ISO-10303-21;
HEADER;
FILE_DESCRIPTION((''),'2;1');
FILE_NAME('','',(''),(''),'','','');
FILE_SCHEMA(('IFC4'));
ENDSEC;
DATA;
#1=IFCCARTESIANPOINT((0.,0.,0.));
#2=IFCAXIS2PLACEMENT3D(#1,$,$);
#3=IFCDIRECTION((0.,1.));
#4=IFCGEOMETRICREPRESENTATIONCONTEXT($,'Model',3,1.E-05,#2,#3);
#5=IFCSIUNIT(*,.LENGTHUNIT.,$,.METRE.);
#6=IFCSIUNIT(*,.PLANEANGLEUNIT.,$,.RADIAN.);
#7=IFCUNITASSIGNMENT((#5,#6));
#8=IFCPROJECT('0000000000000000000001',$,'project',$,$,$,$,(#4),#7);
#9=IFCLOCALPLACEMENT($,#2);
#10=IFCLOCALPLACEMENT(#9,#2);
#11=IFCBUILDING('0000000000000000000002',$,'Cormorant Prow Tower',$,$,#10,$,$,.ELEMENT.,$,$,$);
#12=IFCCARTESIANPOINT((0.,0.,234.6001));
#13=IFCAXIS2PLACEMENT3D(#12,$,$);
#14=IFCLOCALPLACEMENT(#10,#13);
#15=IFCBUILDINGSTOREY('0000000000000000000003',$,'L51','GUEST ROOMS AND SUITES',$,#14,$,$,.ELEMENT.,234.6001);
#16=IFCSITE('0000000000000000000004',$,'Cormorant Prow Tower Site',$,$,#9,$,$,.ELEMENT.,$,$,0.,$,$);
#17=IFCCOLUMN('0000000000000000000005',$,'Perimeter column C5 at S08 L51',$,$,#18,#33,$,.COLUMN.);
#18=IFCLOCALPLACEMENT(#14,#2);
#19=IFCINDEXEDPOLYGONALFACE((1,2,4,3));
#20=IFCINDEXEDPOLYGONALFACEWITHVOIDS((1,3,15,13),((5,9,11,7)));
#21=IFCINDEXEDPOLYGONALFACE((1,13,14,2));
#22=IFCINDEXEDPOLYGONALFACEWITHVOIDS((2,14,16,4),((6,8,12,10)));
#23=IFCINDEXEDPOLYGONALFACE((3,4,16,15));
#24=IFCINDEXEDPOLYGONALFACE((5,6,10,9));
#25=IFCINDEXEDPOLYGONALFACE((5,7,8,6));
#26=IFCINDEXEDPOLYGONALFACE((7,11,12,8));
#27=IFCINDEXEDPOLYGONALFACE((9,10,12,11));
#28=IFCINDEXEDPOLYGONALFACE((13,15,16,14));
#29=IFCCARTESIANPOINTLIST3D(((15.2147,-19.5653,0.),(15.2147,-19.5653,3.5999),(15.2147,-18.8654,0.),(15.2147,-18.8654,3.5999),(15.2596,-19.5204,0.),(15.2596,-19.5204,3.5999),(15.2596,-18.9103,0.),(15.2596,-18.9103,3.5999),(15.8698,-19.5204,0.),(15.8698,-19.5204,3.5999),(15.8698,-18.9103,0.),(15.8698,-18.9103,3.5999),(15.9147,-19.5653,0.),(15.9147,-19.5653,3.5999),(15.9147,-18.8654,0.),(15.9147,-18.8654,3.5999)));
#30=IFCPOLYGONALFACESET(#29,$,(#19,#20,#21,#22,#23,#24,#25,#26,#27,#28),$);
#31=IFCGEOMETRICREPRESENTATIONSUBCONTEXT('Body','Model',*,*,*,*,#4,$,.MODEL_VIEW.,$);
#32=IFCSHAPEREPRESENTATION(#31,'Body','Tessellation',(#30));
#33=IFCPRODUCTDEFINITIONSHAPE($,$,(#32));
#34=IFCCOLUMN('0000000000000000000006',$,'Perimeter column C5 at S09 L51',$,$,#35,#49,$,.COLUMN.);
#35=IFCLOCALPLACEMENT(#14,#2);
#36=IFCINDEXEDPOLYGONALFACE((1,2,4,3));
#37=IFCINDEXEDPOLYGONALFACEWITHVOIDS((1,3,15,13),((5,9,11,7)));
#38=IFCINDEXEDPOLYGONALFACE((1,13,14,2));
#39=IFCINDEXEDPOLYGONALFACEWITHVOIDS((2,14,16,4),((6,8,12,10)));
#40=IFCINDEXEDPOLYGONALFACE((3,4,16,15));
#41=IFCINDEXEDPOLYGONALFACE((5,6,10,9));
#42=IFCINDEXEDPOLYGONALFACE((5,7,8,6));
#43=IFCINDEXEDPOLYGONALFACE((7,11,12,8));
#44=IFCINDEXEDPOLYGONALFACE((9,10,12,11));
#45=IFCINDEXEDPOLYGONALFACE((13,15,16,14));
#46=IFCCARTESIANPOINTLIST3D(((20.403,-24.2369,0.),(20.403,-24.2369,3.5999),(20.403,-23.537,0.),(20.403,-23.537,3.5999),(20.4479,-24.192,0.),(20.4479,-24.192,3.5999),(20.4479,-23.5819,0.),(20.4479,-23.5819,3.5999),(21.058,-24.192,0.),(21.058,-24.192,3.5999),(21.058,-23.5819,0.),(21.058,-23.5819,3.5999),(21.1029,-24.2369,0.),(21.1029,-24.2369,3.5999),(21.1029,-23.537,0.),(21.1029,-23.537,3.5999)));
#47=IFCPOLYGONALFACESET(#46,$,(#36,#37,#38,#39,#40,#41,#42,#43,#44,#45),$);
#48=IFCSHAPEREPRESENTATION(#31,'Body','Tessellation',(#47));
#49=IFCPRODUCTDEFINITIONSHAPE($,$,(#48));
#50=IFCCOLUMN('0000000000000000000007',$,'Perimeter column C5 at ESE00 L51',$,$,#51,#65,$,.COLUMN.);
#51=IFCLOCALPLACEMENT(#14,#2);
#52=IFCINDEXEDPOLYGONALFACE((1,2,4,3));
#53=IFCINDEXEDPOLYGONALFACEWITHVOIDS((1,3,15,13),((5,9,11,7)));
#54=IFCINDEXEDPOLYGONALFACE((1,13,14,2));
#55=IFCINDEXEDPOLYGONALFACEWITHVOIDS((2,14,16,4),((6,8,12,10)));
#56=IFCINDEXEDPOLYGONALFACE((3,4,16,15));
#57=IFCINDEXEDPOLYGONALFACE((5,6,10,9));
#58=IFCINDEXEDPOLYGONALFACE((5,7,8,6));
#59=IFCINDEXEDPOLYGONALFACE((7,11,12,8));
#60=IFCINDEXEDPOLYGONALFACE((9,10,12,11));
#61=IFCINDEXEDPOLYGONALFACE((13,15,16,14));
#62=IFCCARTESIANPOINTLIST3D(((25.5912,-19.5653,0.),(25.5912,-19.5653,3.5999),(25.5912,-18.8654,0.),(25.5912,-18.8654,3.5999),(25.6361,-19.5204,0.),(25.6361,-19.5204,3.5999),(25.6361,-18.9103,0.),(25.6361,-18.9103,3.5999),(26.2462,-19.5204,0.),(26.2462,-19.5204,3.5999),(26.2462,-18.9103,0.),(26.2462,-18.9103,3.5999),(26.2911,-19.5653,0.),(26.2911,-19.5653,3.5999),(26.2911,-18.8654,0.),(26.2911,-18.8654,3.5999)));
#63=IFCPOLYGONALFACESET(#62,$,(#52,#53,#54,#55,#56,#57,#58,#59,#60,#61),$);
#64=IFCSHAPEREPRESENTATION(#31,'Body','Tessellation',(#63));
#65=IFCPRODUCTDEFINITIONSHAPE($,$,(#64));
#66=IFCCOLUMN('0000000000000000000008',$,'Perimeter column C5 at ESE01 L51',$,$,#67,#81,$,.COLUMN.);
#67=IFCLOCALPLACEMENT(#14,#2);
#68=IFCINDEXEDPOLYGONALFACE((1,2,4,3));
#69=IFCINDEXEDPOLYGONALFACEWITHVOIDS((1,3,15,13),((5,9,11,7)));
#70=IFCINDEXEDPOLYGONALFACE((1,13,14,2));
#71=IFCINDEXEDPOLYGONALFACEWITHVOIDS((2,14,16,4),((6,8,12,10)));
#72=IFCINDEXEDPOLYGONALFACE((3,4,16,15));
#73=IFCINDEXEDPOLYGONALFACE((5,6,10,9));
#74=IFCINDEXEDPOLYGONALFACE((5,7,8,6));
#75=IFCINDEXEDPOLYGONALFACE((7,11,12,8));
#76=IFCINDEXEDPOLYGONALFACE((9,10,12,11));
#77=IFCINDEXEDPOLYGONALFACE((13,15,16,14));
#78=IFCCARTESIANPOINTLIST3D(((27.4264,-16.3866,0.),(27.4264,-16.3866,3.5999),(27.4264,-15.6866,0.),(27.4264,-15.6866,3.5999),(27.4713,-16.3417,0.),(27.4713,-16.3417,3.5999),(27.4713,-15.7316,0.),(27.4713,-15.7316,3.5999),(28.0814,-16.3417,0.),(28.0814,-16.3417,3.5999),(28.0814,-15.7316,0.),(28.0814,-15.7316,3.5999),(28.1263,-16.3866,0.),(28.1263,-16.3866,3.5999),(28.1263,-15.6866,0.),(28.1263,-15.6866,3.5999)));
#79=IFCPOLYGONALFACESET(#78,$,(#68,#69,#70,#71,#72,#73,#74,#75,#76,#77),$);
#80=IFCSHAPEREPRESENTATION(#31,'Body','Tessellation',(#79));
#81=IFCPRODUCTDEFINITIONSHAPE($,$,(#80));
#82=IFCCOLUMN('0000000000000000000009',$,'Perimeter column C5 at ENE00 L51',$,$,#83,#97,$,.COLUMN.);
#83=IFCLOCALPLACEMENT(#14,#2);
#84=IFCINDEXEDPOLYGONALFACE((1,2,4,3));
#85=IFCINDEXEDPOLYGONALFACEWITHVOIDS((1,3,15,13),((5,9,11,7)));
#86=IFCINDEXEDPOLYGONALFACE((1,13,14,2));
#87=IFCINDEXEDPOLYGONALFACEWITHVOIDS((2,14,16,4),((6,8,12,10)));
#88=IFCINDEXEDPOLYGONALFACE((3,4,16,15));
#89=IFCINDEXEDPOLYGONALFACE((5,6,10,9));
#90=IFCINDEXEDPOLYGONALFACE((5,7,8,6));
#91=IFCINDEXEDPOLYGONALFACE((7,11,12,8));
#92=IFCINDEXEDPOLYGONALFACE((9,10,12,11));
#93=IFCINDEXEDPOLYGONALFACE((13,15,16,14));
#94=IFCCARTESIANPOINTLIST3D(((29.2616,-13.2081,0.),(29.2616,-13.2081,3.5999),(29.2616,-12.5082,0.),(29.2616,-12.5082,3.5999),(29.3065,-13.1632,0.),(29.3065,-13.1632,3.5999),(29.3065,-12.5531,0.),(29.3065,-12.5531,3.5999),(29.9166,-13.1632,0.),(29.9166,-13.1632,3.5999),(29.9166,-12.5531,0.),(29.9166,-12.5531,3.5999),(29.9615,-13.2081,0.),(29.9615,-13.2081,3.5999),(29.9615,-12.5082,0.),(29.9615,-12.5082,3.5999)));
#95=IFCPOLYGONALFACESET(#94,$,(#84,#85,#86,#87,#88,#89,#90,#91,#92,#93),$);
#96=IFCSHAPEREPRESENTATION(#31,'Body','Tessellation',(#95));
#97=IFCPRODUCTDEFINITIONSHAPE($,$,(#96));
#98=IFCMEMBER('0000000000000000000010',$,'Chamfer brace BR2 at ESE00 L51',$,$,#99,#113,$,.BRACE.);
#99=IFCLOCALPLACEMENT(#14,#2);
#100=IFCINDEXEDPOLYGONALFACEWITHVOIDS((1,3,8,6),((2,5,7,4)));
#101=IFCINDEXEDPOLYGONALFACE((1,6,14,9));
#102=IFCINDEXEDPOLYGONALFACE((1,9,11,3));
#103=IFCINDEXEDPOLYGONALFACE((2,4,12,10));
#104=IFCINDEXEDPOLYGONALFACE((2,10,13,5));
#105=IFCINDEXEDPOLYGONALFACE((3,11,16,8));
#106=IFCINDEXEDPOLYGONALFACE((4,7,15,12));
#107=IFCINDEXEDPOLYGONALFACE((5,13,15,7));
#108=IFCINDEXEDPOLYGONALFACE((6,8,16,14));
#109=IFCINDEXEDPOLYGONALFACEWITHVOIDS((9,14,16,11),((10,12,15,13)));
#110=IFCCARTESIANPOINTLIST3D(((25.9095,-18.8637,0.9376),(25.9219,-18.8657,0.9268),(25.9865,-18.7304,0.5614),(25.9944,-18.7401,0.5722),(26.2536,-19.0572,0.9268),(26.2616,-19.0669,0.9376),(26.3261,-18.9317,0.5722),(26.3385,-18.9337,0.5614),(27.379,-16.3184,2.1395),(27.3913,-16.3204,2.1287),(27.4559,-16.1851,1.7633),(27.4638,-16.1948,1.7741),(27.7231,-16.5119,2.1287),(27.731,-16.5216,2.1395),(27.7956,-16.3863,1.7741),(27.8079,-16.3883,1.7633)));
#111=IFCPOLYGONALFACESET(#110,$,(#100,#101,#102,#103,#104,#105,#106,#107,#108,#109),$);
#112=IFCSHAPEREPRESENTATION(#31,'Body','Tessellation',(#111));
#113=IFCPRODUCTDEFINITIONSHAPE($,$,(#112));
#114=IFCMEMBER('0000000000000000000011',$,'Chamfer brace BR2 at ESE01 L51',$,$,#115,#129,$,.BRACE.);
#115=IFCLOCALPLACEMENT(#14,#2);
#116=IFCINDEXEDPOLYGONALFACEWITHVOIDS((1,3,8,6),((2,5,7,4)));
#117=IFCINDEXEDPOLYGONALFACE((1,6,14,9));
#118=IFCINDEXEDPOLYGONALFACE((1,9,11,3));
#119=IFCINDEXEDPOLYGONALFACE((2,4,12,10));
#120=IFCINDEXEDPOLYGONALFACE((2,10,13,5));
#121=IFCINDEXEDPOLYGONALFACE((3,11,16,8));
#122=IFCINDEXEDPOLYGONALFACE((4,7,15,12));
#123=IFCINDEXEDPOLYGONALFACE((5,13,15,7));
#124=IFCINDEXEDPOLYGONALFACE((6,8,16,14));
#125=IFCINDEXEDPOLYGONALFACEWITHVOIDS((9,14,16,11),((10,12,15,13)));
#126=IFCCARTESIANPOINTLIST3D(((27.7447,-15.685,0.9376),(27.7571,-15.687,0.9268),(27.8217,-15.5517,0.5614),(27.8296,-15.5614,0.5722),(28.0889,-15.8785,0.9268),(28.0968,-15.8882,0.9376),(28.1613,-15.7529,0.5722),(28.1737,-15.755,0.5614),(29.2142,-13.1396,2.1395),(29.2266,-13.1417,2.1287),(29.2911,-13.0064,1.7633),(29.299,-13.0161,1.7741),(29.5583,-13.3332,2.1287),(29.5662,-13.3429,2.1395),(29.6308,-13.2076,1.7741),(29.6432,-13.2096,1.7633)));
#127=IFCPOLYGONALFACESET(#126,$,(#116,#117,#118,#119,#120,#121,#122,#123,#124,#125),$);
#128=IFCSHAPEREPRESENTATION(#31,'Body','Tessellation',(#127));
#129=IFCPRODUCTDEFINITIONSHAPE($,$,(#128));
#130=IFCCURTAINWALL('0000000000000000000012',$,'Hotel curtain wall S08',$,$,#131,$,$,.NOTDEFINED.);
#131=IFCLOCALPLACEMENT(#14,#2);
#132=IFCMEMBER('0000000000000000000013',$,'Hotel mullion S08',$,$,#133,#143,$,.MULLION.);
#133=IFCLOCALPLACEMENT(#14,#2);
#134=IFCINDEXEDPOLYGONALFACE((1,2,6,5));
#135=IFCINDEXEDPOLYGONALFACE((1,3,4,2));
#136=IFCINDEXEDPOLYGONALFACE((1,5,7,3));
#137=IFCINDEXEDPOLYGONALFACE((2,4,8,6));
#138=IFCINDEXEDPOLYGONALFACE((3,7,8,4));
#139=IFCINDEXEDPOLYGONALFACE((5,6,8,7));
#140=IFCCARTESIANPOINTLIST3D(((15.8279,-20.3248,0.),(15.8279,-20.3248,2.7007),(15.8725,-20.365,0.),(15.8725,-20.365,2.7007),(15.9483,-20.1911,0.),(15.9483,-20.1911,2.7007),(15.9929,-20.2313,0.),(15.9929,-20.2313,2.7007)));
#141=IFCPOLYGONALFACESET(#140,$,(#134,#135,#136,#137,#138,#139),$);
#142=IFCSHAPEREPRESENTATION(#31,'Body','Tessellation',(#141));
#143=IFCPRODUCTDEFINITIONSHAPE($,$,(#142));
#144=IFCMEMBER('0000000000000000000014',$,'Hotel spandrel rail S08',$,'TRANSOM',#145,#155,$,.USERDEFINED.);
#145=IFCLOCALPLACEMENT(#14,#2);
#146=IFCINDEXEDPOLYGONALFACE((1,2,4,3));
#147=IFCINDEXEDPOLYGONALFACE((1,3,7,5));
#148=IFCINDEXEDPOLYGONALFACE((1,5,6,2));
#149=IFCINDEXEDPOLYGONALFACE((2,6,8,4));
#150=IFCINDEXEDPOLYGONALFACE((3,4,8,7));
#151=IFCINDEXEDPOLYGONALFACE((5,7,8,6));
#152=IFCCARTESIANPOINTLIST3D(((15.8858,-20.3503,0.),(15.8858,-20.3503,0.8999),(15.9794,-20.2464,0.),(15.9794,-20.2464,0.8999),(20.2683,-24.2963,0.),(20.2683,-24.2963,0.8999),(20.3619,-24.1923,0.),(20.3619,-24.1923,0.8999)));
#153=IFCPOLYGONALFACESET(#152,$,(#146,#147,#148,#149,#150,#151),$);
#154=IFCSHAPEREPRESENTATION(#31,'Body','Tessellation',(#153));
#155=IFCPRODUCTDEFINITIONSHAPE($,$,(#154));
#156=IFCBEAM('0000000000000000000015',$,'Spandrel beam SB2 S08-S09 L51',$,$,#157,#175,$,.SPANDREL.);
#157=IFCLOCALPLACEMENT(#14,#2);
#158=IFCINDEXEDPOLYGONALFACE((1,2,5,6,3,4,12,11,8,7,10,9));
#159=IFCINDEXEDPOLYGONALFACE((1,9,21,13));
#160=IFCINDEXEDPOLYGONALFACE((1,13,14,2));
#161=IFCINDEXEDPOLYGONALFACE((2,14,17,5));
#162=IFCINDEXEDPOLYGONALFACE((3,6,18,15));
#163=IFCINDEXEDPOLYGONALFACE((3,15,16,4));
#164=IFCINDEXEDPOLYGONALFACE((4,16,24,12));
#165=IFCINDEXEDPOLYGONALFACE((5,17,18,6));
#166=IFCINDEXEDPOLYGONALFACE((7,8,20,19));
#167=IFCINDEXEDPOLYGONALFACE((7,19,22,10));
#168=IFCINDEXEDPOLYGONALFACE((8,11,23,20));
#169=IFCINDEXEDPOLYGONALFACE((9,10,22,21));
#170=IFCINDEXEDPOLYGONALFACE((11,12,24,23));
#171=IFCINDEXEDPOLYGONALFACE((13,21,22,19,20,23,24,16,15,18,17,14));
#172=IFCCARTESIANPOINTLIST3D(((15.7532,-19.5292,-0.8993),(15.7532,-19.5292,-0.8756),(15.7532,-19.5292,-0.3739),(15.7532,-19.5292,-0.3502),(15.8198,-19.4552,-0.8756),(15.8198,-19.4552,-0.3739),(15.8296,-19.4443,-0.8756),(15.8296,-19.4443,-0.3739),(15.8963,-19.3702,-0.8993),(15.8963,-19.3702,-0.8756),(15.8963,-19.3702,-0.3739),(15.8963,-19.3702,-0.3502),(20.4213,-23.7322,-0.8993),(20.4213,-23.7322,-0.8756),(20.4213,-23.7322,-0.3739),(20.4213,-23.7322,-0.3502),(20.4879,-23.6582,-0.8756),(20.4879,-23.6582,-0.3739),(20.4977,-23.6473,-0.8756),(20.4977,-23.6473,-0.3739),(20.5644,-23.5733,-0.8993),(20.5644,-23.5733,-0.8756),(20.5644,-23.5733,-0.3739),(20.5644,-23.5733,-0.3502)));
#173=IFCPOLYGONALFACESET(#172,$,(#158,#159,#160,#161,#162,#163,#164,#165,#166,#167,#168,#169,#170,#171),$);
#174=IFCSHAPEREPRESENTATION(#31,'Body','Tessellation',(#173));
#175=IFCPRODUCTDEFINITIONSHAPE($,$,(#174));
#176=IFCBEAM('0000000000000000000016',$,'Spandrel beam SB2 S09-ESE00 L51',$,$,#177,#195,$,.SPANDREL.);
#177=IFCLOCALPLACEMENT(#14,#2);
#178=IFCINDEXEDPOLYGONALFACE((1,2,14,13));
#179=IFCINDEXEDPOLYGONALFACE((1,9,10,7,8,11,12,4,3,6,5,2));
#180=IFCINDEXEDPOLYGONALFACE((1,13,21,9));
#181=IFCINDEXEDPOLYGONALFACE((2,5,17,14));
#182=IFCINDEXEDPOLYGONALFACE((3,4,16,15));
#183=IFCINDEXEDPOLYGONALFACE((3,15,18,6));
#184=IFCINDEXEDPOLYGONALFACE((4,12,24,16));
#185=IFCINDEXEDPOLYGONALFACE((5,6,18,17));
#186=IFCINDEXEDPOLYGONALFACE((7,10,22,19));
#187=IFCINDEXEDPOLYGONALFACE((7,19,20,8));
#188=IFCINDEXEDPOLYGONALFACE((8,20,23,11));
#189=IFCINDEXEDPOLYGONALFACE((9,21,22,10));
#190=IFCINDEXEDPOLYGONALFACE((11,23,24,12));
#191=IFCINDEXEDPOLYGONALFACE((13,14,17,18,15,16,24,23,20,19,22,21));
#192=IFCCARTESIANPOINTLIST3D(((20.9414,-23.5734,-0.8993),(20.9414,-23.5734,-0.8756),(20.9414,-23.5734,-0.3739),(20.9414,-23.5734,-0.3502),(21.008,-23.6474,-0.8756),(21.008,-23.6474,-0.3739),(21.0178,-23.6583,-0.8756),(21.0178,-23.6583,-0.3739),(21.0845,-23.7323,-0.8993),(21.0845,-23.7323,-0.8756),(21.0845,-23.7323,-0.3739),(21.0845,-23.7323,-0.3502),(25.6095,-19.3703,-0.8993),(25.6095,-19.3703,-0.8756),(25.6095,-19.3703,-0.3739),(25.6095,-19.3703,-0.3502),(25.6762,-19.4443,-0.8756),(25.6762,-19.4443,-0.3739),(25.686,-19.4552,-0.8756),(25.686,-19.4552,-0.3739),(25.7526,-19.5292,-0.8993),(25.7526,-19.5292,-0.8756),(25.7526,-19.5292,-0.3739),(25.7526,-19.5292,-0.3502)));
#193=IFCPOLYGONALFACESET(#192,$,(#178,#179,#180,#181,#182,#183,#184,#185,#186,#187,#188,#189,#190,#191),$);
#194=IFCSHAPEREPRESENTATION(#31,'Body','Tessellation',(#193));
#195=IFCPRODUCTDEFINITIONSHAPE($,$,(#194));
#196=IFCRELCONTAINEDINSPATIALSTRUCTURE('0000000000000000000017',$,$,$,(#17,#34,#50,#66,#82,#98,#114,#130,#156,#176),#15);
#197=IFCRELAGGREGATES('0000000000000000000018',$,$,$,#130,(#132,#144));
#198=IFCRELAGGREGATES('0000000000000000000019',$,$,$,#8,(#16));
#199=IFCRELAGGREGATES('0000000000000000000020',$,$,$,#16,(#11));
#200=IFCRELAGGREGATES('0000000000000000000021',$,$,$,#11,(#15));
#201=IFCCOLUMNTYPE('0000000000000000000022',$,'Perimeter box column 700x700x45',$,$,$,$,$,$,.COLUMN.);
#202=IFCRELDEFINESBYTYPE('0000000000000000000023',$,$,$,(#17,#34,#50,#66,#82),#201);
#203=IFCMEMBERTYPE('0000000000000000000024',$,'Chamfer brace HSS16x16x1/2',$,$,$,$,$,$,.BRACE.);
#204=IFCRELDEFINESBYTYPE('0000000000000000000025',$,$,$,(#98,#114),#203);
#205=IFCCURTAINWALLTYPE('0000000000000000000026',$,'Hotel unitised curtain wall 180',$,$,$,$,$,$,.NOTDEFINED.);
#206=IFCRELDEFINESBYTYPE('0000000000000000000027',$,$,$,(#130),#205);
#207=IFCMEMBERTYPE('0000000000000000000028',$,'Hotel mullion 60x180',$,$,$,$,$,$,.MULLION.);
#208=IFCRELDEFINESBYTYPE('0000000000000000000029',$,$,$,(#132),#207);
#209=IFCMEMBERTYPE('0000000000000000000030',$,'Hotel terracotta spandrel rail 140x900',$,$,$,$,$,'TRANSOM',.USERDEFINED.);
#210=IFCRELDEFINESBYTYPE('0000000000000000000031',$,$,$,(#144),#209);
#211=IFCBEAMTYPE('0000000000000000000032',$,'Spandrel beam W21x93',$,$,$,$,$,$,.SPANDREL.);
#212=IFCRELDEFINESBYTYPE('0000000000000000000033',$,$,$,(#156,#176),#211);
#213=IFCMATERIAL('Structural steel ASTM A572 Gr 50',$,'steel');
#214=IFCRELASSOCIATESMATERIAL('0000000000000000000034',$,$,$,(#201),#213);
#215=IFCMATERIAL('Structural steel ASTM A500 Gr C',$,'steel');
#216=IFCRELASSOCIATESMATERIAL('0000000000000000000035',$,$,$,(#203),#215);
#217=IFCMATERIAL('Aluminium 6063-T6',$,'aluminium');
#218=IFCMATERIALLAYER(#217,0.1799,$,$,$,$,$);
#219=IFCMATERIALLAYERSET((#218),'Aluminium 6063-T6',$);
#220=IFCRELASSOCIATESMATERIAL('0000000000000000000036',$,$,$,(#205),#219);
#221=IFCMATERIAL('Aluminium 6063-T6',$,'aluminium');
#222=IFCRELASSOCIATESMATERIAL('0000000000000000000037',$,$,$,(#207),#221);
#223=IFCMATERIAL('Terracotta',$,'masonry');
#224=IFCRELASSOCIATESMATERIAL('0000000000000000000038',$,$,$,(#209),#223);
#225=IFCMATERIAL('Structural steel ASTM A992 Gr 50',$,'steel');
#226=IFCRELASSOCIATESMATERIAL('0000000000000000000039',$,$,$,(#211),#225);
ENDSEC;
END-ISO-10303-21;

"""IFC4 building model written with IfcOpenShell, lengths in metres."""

from ifc_helpers import new_model, si_unit, direction, frame, origin, origin_2d, place, context, subcontext, project, spatial, rectangle, hollow_rectangle, i_section, extrude, material, layer, layer_set, material_profile, profile_set, type_object, element, aggregate, save


model = new_model("IFC4")

# Units and contexts
model_context = context("Model", 3, precision=1e-05, world=origin(), true_north=direction((0.0, 1.0)))
body_context = subcontext(model_context, "Body", "Model", "MODEL_VIEW")
ifc_project = project(units=[si_unit("LENGTHUNIT", "METRE"), si_unit("PLANEANGLEUNIT", "RADIAN")], contexts=[model_context])

# Site, building, storey
site_placement = place(None, origin())
site = spatial("IfcSite", under=ifc_project, at=site_placement, Name="Cormorant Prow Tower Site", CompositionType="ELEMENT", RefElevation=0.0)
building_placement = place(site_placement, origin())
building = spatial("IfcBuilding", under=site, at=building_placement, Name="Cormorant Prow Tower", CompositionType="ELEMENT")
storey_placement = place(building_placement, frame((0.0, 0.0, 234.6001)))
storey = spatial("IfcBuildingStorey", under=building, at=storey_placement, Name="L51", Description="GUEST ROOMS AND SUITES", CompositionType="ELEMENT", Elevation=234.6001)

# Columns
ifc_material_1 = material(Name="Structural steel ASTM A572 Gr 50", Category="steel")
ifc_material_profile_1 = material_profile(ifc_material_1, hollow_rectangle(XDim=0.7, YDim=0.7, WallThickness=0.0449, at=origin_2d()), Name="Box 700x700x45")
ifc_profile_set_1 = profile_set([ifc_material_profile_1], Name="Structural steel ASTM A572 Gr 50")
column_type = type_object("IfcColumnType", Name="Perimeter box column 700x700x45", PredefinedType="COLUMN", material=ifc_profile_set_1)
for number, where, z_axis, x_axis, name in (
    (1, (15.5647, -19.2153, 0.0), (0.0, 0.0, 1.0), (1.0, 0.0, 0.0), "Perimeter column C5 at S08 L51"),
    (2, (20.7529, -23.887, 0.0), (0.0, 0.0, 1.0), (1.0, 0.0, 0.0), "Perimeter column C5 at S09 L51"),
    (3, (25.9412, -19.2153, 0.0), (0.0, 0.0, 1.0), (1.0, 0.0, 0.0), "Perimeter column C5 at ESE00 L51"),
    (4, (27.7764, -16.0366, 0.0), (0.0, 0.0, 1.0), (1.0, 0.0, 0.0), "Perimeter column C5 at ESE01 L51"),
    (5, (29.6116, -12.8582, 0.0), (0.0, 0.0, 1.0), (1.0, 0.0, 0.0), "Perimeter column C5 at ENE00 L51"),
):
    element("IfcColumn", number, at=place(storey_placement, frame(where, z_axis=z_axis, x_axis=x_axis)), inside=storey, type_object=column_type, Name=name, PredefinedType="COLUMN", context=body_context, shape_type="SweptSolid", body=[
        extrude(hollow_rectangle(XDim=0.7, YDim=0.7, WallThickness=0.0449, at=origin_2d()), origin(), (0.0, 0.0, 1.0), 3.5999),
    ])

# Members
ifc_material_2 = material(Name="Structural steel ASTM A500 Gr C", Category="steel")
ifc_material_profile_2 = material_profile(ifc_material_2, hollow_rectangle(XDim=0.4065, YDim=0.4065, WallThickness=0.0117, at=origin_2d()), Name="HSS16x16x1/2")
ifc_profile_set_2 = profile_set([ifc_material_profile_2], Name="Structural steel ASTM A500 Gr C")
member_type_1 = type_object("IfcMemberType", Name="Chamfer brace HSS16x16x1/2", PredefinedType="BRACE", material=ifc_profile_set_2)
for number, where, z_axis, x_axis, name in (
    (6, (26.124, -18.8987, 0.7495), (0.462773, 0.801607, 0.378507), (-0.866042, 0.499972, 0.0), "Chamfer brace BR2 at ESE00 L51"),
    (7, (27.9592, -15.72, 0.7495), (0.462773, 0.801607, 0.378507), (-0.866042, 0.499972, 0.0), "Chamfer brace BR2 at ESE01 L51"),
):
    element("IfcMember", number, at=place(storey_placement, frame(where, z_axis=z_axis, x_axis=x_axis)), inside=storey, type_object=member_type_1, Name=name, PredefinedType="BRACE", context=body_context, shape_type="SweptSolid", body=[
        extrude(hollow_rectangle(XDim=0.4065, YDim=0.4065, WallThickness=0.0117, at=origin_2d()), origin(), (0.0, 0.0, 1.0), 3.1753),
    ])

# Curtain wall, members
ifc_material_3 = material(Name="Aluminium 6063-T6", Category="aluminium")
ifc_layer_1 = layer(ifc_material_3, 0.1799)
ifc_layer_set_1 = layer_set([ifc_layer_1], Name="Aluminium 6063-T6")
curtain_wall_type = type_object("IfcCurtainWallType", Name="Hotel unitised curtain wall 180", PredefinedType="NOTDEFINED", material=ifc_layer_set_1)
curtain_wall_placement = place(storey_placement, origin())
curtain_wall = element("IfcCurtainWall", 8, at=curtain_wall_placement, inside=storey, type_object=curtain_wall_type, Name="Hotel curtain wall S08", PredefinedType="NOTDEFINED")
ifc_material_4 = material(Name="Aluminium 6063-T6", Category="aluminium")
ifc_material_profile_3 = material_profile(ifc_material_4, rectangle(XDim=0.1799, YDim=0.0601, at=origin_2d()), Name="Hotel mullion 60x180")
ifc_profile_set_3 = profile_set([ifc_material_profile_3], Name="Aluminium 6063-T6")
member_type_2 = type_object("IfcMemberType", Name="Hotel mullion 60x180", PredefinedType="MULLION", material=ifc_profile_set_3)
member_1_placement = place(storey_placement, frame((15.9104, -20.2781, 0.0), z_axis=(0.0, 0.0, 1.0), x_axis=(0.669131, 0.743145, 0.0)))
member_1 = element("IfcMember", 9, at=member_1_placement, type_object=member_type_2, Name="Hotel mullion S08", PredefinedType="MULLION", context=body_context, shape_type="SweptSolid", body=[
    extrude(rectangle(XDim=0.1799, YDim=0.0601, at=origin_2d()), origin(), (0.0, 0.0, 1.0), 2.7007),
])
ifc_material_5 = material(Name="Terracotta", Category="masonry")
ifc_material_profile_4 = material_profile(ifc_material_5, rectangle(XDim=0.1399, YDim=0.8999, at=origin_2d()), Name="Hotel terracotta spandrel rail 140x900")
ifc_profile_set_4 = profile_set([ifc_material_profile_4], Name="Terracotta")
member_type_3 = type_object("IfcMemberType", Name="Hotel terracotta spandrel rail 140x900", ElementType="TRANSOM", PredefinedType="USERDEFINED", material=ifc_profile_set_4)
member_2_placement = place(storey_placement, frame((15.9326, -20.2983, 0.45), z_axis=(0.743148, -0.669127, 0.0), x_axis=(0.669127, 0.743148, 0.0)))
member_2 = element("IfcMember", 10, at=member_2_placement, type_object=member_type_3, Name="Hotel spandrel rail S08", ObjectType="TRANSOM", PredefinedType="USERDEFINED", context=body_context, shape_type="SweptSolid", body=[
    extrude(rectangle(XDim=0.1399, YDim=0.8999, at=origin_2d()), origin(), (0.0, 0.0, 1.0), 5.8972),
])

# Beams
ifc_material_6 = material(Name="Structural steel ASTM A992 Gr 50", Category="steel")
ifc_material_profile_5 = material_profile(ifc_material_6, i_section(OverallWidth=0.2139, OverallDepth=0.5491, WebThickness=0.0146, FlangeThickness=0.0237, at=origin_2d()), Name="W21x93")
ifc_profile_set_5 = profile_set([ifc_material_profile_5], Name="Structural steel ASTM A992 Gr 50")
beam_type = type_object("IfcBeamType", Name="Spandrel beam W21x93", PredefinedType="SPANDREL", material=ifc_profile_set_5)
for number, where, z_axis, x_axis, name in (
    (11, (15.8247, -19.4497, -0.6248), (0.743157, -0.669117, 0.0), (0.669117, 0.743157, 0.0), "Spandrel beam SB2 S08-S09 L51"),
    (12, (21.0129, -23.6528, -0.6248), (0.743157, 0.669117, 0.0), (-0.669117, 0.743157, 0.0), "Spandrel beam SB2 S09-ESE00 L51"),
):
    element("IfcBeam", number, at=place(storey_placement, frame(where, z_axis=z_axis, x_axis=x_axis)), inside=storey, type_object=beam_type, Name=name, PredefinedType="SPANDREL", context=body_context, shape_type="SweptSolid", body=[
        extrude(i_section(OverallWidth=0.2139, OverallDepth=0.5491, WebThickness=0.0146, FlangeThickness=0.0237, at=origin_2d()), origin(), (0.0, 0.0, 1.0), 6.2815),
    ])

aggregate(curtain_wall, [member_1, member_2])

save(model, "model.ifc")
